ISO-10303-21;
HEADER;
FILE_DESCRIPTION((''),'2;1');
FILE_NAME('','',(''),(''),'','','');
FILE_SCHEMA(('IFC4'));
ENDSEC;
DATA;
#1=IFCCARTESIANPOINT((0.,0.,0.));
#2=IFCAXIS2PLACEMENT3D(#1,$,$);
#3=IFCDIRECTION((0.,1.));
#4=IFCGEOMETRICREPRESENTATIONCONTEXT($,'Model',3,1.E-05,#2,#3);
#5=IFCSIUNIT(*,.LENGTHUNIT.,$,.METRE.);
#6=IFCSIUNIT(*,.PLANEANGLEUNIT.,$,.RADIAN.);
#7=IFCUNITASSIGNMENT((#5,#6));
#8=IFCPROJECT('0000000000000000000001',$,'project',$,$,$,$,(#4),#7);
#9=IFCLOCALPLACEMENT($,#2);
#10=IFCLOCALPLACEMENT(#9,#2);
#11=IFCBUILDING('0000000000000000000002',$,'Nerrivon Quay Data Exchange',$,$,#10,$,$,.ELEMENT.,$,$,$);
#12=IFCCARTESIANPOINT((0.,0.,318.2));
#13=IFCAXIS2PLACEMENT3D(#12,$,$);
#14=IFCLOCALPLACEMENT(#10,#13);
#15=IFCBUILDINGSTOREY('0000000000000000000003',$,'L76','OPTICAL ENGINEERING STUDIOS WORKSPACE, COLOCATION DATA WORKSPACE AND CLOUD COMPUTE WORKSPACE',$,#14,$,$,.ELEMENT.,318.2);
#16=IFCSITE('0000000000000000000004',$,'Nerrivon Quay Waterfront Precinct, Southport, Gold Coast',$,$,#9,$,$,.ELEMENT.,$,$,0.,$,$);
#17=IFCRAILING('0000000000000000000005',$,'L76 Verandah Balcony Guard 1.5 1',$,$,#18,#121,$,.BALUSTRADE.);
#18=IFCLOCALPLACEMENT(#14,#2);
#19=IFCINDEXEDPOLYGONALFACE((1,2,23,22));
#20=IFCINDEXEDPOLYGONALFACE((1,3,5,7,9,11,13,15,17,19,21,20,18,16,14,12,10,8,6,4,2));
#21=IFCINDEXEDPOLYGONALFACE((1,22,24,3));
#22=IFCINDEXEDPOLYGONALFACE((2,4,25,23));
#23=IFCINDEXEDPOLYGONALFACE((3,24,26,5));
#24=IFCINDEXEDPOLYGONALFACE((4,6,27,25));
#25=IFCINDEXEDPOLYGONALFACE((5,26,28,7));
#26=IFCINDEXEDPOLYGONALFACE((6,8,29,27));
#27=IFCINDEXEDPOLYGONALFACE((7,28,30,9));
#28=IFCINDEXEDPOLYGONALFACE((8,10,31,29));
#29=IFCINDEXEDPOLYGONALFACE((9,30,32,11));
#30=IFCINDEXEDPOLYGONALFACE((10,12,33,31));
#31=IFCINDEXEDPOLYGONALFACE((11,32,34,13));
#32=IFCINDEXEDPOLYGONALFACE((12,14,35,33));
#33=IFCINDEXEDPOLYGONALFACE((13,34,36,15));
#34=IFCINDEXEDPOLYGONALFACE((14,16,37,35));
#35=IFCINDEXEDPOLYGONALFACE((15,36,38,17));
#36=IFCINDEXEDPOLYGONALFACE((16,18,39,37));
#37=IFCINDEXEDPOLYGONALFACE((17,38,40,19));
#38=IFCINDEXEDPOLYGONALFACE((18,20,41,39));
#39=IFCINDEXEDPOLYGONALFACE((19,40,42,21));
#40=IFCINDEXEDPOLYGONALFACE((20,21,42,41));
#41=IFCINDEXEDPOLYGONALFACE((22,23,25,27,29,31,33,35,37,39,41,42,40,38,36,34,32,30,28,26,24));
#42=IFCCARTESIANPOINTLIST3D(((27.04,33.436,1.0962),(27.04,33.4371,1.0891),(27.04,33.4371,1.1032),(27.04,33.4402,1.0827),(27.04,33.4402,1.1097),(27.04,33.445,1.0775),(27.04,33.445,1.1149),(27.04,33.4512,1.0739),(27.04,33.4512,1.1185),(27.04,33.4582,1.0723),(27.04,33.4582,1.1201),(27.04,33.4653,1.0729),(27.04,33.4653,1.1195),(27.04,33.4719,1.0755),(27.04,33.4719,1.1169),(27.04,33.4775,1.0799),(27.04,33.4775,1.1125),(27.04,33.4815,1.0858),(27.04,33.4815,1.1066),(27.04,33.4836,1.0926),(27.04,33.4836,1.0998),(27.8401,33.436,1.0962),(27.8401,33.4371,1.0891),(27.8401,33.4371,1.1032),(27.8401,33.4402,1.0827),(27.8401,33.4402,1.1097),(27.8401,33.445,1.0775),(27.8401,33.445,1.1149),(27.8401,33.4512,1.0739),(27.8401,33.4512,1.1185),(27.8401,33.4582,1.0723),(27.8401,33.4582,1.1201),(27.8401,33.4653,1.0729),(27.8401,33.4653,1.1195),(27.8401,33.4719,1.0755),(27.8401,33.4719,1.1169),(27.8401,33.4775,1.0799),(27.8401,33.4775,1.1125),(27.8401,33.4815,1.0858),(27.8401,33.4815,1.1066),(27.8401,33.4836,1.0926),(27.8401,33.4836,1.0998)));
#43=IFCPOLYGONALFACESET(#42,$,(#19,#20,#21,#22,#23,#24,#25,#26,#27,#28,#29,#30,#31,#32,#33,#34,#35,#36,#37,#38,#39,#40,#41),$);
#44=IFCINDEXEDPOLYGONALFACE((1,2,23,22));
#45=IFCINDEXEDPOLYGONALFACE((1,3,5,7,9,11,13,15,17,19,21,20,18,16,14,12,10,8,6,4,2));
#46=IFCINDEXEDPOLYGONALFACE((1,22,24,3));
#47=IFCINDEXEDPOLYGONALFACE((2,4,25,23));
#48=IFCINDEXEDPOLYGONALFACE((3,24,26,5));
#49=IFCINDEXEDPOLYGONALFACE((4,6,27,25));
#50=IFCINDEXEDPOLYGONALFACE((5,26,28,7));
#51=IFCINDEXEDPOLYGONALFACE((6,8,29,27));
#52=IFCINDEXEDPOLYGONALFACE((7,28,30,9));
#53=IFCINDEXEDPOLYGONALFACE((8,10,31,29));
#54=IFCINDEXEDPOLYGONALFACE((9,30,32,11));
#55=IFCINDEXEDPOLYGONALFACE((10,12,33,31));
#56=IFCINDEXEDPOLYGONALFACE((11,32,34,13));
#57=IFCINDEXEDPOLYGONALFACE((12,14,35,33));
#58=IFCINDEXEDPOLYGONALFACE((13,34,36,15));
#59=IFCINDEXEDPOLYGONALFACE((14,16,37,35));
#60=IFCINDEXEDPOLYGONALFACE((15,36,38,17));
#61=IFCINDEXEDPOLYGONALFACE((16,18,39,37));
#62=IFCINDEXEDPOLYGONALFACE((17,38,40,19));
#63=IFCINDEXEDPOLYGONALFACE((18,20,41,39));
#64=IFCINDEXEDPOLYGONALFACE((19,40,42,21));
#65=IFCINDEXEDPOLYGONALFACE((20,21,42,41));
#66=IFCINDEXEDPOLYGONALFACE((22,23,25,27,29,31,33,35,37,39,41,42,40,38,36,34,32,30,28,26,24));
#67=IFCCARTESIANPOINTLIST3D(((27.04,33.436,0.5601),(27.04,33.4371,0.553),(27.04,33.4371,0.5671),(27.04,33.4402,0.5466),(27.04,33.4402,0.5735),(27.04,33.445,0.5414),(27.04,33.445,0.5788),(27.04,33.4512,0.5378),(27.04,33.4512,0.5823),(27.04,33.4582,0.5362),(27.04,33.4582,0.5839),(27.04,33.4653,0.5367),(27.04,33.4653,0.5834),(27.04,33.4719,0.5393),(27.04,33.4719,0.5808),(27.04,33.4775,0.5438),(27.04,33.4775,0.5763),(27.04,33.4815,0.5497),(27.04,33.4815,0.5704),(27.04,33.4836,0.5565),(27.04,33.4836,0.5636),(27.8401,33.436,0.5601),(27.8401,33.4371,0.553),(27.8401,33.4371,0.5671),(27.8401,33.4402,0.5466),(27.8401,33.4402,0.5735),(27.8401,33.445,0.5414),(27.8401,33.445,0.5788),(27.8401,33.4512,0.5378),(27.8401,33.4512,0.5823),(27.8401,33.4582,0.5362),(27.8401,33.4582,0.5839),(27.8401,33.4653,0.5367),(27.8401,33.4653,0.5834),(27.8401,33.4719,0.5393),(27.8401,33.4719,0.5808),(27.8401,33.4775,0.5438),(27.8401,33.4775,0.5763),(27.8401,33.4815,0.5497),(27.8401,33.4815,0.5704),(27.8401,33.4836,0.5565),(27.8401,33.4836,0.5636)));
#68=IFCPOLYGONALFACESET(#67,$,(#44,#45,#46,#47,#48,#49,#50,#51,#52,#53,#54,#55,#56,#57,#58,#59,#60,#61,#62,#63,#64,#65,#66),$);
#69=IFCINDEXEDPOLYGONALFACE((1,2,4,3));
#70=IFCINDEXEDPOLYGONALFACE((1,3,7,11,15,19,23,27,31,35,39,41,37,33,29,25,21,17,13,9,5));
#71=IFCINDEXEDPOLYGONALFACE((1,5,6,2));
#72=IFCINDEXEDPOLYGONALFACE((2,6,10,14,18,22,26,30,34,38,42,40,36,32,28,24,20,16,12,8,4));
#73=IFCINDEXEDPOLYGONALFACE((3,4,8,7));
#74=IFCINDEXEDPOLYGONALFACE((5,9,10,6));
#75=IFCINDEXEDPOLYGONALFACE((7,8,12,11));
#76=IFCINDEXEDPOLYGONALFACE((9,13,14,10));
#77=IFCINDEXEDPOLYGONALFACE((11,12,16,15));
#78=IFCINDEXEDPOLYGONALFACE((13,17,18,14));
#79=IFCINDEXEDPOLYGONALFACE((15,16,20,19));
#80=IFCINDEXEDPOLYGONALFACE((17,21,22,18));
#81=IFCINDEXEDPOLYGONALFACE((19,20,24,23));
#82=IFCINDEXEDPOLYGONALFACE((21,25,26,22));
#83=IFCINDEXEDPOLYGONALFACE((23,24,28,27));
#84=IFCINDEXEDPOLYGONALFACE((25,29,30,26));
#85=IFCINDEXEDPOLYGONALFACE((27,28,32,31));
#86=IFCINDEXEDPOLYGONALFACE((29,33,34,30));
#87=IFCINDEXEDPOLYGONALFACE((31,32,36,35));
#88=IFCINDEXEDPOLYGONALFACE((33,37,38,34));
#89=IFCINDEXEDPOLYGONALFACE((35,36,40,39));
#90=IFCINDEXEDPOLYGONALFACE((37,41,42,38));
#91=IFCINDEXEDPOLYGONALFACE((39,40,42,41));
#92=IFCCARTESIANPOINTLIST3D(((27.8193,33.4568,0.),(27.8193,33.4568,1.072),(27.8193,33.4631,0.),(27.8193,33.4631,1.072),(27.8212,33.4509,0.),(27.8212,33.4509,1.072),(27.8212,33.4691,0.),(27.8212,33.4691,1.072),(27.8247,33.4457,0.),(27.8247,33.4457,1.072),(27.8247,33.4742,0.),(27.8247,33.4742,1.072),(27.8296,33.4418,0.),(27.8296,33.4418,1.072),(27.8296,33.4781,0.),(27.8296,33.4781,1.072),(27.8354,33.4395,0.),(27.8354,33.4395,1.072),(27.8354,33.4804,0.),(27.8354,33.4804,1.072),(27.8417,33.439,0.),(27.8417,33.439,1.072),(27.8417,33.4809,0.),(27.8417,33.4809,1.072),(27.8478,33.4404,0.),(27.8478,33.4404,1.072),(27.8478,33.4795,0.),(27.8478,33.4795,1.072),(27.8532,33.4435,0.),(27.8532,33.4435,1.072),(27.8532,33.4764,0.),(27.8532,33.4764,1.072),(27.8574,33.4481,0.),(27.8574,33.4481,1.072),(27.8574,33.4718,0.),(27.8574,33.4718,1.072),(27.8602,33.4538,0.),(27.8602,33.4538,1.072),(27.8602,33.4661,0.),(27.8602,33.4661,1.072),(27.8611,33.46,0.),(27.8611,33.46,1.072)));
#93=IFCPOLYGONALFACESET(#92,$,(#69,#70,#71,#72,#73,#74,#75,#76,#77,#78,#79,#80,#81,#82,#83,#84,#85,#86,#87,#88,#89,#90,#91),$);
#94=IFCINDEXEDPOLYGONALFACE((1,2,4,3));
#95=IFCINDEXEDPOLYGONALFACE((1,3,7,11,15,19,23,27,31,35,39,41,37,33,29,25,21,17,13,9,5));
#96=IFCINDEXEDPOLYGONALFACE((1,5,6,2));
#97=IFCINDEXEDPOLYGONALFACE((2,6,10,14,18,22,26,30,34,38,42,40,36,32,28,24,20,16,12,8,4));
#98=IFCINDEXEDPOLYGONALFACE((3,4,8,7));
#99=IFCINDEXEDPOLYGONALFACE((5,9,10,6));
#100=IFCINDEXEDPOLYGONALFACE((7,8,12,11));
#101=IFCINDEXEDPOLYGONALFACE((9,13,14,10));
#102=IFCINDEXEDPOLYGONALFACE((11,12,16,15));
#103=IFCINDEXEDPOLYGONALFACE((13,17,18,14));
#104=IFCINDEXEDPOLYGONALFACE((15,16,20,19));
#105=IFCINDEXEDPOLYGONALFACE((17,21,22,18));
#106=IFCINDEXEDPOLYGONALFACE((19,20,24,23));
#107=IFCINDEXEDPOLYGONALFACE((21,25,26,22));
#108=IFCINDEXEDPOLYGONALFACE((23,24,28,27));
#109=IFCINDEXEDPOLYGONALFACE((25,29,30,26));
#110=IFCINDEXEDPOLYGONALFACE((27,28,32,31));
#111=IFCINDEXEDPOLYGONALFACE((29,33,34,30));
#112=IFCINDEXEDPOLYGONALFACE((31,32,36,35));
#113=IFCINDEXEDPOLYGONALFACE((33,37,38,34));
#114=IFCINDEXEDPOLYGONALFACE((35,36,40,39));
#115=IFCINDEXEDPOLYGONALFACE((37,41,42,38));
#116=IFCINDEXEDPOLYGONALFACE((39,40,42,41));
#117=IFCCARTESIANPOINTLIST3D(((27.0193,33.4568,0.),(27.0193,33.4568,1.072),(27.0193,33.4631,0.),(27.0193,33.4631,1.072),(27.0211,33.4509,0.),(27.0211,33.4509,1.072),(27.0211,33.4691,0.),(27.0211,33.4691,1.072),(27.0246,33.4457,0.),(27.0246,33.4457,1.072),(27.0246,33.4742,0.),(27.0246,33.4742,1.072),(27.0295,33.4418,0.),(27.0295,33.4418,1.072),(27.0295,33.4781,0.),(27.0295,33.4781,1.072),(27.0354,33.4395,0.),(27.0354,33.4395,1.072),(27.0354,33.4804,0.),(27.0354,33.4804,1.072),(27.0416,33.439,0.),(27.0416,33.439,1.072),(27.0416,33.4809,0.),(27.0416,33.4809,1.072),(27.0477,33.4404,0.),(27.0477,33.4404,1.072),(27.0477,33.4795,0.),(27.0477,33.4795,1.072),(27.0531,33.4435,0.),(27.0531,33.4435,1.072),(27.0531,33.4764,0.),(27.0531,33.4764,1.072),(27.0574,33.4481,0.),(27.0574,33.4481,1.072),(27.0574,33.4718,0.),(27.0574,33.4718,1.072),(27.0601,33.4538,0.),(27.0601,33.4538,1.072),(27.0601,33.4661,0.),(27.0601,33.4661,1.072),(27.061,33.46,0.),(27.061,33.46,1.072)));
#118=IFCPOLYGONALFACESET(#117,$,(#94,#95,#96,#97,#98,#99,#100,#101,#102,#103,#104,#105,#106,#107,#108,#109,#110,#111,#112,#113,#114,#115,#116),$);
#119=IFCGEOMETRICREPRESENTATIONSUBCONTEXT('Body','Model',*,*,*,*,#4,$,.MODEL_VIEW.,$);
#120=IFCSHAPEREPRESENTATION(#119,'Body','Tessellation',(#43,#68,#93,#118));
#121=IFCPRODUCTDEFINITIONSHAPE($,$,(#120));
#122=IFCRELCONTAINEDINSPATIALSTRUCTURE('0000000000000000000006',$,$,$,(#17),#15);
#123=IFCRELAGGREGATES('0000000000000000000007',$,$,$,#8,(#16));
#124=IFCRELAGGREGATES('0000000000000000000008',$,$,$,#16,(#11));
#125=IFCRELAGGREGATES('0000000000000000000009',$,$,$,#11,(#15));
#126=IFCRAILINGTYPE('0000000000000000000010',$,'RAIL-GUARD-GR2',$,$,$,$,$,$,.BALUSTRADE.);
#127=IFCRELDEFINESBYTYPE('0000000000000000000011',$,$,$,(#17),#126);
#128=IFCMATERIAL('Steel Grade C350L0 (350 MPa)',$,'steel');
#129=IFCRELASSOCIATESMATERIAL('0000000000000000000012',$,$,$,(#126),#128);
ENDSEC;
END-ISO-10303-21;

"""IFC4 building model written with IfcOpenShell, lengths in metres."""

from ifc_helpers import new_model, si_unit, direction, frame, origin, origin_2d, place, context, subcontext, project, spatial, circle, extrude, material, type_object, element, save


model = new_model("IFC4")

# Units and contexts
model_context = context("Model", 3, precision=1e-05, world=origin(), true_north=direction((0.0, 1.0)))
body_context = subcontext(model_context, "Body", "Model", "MODEL_VIEW")
ifc_project = project(units=[si_unit("LENGTHUNIT", "METRE"), si_unit("PLANEANGLEUNIT", "RADIAN")], contexts=[model_context])

# Site, building, storey
site_placement = place(None, origin())
site = spatial("IfcSite", under=ifc_project, at=site_placement, Name="Nerrivon Quay Waterfront Precinct, Southport, Gold Coast", CompositionType="ELEMENT", RefElevation=0.0)
building_placement = place(site_placement, origin())
building = spatial("IfcBuilding", under=site, at=building_placement, Name="Nerrivon Quay Data Exchange", CompositionType="ELEMENT")
storey_placement = place(building_placement, frame((0.0, 0.0, 318.2)))
storey = spatial("IfcBuildingStorey", under=building, at=storey_placement, Name="L76", Description="OPTICAL ENGINEERING STUDIOS WORKSPACE, COLOCATION DATA WORKSPACE AND CLOUD COMPUTE WORKSPACE", CompositionType="ELEMENT", Elevation=318.2)

# Railing
ifc_material_1 = material(Name="Steel Grade C350L0 (350 MPa)", Category="steel")
railing_type = type_object("IfcRailingType", Name="RAIL-GUARD-GR2", PredefinedType="BALUSTRADE", material=ifc_material_1)
railing_1_placement = place(storey_placement, frame((27.8401, 33.46, 0.0)))
element("IfcRailing", 1, at=railing_1_placement, inside=storey, type_object=railing_type, Name="L76 Verandah Balcony Guard 1.5 1", PredefinedType="BALUSTRADE", context=body_context, shape_type="SweptSolid", body=[
    extrude(circle(Radius=0.0239, at=origin_2d()), frame((0.0, 0.0, 1.0962), z_axis=(-1.0, 0.0, 0.0), x_axis=(0.0, -1.0, 0.0)), (0.0, 0.0, 1.0), 0.8),
    extrude(circle(Radius=0.0239, at=origin_2d()), frame((0.0, 0.0, 0.5601), z_axis=(-1.0, 0.0, 0.0), x_axis=(0.0, -1.0, 0.0)), (0.0, 0.0, 1.0), 0.8),
    extrude(circle(Radius=0.021, at=origin_2d()), origin(), (0.0, 0.0, 1.0), 1.072),
    extrude(circle(Radius=0.021, at=origin_2d()), frame((-0.8, 0.0, 0.0)), (0.0, 0.0, 1.0), 1.072),
])

save(model, "model.ifc")
